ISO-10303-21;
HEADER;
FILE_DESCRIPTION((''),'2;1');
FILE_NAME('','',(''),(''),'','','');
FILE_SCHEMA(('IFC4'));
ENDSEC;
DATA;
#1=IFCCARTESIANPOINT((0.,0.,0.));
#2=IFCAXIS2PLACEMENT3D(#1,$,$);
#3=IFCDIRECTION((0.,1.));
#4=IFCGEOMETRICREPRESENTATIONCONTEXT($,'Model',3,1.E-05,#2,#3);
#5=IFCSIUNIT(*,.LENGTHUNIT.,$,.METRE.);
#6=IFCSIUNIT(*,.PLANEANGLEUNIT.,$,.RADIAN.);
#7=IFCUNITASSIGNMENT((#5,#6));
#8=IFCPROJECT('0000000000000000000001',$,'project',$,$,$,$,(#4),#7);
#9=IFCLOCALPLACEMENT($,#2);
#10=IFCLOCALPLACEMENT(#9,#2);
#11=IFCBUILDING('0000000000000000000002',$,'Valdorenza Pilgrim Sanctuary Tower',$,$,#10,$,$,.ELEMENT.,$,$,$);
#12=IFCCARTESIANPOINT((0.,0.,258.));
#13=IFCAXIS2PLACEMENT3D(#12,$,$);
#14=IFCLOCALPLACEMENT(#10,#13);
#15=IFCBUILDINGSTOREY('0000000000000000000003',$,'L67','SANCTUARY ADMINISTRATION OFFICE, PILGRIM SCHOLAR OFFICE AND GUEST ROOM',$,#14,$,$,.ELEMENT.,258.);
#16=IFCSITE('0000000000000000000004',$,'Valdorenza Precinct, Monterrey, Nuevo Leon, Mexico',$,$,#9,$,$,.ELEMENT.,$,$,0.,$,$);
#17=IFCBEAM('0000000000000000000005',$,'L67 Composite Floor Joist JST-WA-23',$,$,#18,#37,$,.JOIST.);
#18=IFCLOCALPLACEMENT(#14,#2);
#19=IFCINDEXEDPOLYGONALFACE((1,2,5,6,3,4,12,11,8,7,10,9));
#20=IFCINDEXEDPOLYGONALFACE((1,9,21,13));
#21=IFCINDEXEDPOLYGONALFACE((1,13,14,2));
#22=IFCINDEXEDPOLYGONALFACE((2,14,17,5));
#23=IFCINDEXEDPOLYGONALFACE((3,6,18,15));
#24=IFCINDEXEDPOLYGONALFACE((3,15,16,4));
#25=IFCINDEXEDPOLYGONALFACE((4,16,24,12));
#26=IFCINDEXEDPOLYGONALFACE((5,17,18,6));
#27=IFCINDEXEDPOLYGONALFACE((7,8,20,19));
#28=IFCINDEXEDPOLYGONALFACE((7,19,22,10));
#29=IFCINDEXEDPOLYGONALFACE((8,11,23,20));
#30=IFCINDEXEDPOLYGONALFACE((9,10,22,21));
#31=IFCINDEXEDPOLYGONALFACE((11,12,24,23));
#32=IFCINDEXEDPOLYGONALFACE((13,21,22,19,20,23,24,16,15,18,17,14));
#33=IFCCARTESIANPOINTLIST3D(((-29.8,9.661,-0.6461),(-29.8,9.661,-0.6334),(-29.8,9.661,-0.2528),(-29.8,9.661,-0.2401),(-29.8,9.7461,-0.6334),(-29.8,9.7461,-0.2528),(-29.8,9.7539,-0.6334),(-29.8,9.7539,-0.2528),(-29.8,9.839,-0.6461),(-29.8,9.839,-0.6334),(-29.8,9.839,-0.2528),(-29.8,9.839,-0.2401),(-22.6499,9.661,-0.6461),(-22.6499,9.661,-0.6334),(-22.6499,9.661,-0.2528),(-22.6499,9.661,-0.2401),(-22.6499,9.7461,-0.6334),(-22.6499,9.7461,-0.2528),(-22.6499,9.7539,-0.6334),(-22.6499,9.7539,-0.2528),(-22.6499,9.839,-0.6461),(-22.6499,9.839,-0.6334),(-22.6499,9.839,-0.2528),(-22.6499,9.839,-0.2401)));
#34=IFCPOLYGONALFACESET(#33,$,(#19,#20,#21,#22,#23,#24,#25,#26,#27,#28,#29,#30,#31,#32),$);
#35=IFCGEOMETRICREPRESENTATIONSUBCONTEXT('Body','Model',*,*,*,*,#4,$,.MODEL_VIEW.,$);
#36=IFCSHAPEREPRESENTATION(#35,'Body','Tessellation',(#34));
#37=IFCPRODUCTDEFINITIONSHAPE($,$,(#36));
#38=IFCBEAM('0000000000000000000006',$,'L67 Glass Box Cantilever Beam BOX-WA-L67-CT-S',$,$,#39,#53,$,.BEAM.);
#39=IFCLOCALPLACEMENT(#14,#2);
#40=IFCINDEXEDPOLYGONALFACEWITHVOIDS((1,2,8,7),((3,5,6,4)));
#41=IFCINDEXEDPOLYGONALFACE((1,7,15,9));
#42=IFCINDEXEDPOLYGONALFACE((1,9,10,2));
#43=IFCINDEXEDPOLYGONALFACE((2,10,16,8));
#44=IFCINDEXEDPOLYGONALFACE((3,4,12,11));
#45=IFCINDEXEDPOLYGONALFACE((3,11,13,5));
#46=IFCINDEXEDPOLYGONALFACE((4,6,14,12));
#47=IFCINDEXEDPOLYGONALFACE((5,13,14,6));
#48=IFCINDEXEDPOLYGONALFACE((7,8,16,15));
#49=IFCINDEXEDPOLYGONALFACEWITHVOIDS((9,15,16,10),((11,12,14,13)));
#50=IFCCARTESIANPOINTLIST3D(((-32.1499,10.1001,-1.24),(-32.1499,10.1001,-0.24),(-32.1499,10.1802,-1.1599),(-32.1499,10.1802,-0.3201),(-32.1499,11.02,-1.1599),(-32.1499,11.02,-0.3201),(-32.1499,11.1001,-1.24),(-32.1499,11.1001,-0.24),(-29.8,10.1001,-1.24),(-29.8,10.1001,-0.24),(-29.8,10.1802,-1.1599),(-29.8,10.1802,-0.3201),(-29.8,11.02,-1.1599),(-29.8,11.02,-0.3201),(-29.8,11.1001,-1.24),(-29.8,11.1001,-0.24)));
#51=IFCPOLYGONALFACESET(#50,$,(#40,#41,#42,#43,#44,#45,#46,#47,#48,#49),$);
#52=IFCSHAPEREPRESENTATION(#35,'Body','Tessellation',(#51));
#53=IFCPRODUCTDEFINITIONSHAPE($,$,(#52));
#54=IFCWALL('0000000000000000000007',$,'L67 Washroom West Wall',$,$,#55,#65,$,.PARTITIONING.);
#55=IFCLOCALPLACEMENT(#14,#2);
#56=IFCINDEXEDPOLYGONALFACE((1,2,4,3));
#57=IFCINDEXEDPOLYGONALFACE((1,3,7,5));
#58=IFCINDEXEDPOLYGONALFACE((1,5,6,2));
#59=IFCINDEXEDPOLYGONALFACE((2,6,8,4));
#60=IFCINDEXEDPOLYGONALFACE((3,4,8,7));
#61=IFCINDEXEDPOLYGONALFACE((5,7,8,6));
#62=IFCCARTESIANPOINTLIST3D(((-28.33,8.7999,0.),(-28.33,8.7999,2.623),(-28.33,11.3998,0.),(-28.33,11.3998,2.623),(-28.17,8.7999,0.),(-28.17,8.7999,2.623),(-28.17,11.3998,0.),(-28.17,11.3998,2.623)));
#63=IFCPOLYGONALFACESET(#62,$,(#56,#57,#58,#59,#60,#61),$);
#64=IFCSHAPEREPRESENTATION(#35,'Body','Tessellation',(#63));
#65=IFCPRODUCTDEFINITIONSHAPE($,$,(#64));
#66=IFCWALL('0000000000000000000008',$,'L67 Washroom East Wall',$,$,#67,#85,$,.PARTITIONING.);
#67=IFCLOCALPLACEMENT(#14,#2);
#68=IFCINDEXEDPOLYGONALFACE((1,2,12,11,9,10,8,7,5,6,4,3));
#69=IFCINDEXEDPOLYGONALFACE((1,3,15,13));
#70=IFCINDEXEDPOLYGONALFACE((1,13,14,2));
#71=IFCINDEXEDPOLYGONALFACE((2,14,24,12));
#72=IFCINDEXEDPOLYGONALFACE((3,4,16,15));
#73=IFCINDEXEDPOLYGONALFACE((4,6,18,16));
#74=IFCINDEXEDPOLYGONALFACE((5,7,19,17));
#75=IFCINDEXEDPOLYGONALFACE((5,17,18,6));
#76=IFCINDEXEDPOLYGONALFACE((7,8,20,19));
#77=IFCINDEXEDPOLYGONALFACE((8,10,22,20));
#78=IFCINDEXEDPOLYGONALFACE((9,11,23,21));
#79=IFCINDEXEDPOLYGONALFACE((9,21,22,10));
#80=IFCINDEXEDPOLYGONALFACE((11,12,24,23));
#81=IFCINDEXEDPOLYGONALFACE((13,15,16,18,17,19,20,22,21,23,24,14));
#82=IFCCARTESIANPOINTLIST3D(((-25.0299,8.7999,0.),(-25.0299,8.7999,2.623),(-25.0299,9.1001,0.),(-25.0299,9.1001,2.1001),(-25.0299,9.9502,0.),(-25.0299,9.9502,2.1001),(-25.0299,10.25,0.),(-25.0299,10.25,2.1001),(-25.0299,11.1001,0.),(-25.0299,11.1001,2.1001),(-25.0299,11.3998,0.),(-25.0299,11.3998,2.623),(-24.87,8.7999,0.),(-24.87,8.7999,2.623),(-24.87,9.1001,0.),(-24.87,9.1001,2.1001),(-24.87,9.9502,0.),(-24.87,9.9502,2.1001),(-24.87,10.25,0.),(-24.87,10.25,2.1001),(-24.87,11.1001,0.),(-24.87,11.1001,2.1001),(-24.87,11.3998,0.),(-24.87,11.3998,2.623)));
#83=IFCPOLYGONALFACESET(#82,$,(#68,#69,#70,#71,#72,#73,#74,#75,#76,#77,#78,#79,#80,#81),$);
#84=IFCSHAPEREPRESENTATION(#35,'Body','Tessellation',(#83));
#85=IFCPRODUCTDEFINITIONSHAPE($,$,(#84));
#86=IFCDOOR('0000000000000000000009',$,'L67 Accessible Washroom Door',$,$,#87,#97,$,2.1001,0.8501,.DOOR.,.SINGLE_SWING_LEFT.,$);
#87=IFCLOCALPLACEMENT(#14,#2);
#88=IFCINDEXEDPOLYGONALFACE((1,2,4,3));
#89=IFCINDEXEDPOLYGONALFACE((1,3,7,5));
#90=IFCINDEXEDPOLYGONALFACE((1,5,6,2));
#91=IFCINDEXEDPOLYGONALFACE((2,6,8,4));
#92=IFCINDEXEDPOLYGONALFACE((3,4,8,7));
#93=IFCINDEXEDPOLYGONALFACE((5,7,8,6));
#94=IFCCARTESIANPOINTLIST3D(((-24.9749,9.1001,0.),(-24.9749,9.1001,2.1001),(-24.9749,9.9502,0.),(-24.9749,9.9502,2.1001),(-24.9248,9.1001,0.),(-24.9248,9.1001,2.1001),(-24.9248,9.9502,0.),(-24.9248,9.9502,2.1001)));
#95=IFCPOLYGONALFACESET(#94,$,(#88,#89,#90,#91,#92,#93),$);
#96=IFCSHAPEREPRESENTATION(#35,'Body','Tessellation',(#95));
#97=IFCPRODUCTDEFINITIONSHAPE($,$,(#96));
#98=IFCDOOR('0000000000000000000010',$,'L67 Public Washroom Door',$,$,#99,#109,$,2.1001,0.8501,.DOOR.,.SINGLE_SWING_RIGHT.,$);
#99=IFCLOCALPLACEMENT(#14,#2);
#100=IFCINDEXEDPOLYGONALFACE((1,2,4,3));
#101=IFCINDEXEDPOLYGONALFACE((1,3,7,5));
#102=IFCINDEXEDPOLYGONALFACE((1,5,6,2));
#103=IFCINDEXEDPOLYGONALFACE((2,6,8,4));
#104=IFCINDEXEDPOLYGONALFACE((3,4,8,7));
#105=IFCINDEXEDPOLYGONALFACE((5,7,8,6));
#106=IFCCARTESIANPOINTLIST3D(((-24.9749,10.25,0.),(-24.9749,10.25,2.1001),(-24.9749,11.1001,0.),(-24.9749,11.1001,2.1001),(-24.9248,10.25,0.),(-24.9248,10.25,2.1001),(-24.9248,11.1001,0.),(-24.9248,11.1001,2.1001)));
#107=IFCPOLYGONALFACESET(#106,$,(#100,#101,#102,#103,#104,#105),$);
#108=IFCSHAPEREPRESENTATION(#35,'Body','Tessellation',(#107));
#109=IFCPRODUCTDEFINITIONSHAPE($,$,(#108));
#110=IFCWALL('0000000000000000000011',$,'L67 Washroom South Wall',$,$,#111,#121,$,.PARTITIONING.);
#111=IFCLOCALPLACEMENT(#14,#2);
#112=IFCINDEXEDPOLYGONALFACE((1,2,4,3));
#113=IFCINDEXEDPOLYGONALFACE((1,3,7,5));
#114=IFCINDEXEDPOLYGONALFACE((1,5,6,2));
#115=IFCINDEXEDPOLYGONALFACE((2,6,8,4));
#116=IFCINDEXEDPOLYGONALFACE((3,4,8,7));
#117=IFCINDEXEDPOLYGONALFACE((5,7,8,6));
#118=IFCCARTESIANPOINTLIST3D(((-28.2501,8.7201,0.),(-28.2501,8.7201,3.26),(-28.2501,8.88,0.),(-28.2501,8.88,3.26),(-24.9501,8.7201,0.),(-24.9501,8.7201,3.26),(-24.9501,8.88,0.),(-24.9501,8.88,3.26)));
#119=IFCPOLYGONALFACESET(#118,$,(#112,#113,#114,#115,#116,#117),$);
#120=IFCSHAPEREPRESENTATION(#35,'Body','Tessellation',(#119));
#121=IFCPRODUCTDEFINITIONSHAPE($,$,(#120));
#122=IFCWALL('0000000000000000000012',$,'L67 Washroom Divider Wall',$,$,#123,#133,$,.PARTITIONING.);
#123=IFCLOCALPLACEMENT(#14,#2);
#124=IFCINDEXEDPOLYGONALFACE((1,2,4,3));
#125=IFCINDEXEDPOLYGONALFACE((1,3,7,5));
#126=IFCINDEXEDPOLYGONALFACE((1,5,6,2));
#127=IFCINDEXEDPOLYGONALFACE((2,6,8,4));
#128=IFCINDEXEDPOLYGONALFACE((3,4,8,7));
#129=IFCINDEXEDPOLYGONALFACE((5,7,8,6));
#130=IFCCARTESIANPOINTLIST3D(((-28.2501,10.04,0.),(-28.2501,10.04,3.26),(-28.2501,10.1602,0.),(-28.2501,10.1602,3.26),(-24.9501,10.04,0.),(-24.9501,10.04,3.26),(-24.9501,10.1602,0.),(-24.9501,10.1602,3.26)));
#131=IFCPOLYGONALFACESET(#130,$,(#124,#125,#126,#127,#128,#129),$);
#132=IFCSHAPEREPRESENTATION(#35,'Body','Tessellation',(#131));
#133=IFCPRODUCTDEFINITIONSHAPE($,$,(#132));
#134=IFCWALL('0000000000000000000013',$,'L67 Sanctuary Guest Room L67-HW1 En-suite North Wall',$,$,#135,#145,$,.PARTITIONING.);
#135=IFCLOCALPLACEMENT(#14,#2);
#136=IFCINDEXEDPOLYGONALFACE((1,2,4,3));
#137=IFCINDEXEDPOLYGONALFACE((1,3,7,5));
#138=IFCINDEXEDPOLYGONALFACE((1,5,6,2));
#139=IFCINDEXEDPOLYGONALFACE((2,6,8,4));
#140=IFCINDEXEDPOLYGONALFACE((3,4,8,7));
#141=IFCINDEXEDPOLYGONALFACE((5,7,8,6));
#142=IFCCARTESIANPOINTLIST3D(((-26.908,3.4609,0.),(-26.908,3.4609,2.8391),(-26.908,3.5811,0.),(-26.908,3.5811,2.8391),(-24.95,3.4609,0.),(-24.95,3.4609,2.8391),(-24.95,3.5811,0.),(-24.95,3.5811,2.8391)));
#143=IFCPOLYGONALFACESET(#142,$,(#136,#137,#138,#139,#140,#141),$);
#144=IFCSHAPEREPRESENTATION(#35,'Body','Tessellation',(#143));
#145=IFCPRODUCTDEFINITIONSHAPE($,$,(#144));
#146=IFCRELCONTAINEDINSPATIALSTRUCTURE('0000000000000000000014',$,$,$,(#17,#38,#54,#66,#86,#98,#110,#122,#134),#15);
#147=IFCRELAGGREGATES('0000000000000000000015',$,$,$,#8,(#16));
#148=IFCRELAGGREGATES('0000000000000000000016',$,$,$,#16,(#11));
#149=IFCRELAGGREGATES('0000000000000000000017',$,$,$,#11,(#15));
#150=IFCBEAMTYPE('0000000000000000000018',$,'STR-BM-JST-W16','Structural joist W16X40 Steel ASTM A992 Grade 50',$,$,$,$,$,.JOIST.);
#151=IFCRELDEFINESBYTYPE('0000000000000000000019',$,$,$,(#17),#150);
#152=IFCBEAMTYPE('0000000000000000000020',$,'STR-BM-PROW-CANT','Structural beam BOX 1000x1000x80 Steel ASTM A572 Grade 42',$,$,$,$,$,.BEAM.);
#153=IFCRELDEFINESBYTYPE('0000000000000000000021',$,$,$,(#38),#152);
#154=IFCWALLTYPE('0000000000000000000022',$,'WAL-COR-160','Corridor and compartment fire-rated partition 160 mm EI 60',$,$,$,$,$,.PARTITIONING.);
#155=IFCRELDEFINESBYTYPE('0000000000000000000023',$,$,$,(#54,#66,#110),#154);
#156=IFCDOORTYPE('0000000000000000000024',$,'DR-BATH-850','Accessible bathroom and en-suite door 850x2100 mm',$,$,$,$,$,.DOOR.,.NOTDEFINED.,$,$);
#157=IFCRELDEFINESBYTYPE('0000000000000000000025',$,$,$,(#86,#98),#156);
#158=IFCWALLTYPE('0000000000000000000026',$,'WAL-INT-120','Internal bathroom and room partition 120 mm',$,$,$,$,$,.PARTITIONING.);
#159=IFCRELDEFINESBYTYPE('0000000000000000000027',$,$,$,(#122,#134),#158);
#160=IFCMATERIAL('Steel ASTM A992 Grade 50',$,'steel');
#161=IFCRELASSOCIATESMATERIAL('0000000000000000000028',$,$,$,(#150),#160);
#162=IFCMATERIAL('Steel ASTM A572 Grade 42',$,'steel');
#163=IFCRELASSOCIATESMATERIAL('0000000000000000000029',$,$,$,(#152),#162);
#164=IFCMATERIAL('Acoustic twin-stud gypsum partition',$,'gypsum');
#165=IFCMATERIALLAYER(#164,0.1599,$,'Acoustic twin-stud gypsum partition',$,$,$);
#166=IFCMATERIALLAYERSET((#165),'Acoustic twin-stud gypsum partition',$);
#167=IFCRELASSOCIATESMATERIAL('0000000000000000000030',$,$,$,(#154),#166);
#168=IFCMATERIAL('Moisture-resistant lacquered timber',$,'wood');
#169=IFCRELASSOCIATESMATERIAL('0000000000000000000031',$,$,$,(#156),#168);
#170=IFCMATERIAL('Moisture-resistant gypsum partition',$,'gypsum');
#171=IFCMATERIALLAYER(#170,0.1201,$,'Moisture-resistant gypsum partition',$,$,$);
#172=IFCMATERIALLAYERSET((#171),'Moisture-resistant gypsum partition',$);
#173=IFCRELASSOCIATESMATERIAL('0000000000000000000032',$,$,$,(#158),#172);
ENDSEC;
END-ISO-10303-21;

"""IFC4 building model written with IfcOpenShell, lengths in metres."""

from ifc_helpers import new_model, si_unit, direction, frame, frame_2d, origin, origin_2d, place, context, subcontext, project, spatial, rectangle, hollow_rectangle, i_section, extrude, source, transform, mapped, material, layer, layer_set, material_profile, profile_set, type_object, element, fill, save


model = new_model("IFC4")

# Units and contexts
model_context = context("Model", 3, precision=1e-05, world=origin(), true_north=direction((0.0, 1.0)))
body_context = subcontext(model_context, "Body", "Model", "MODEL_VIEW")
ifc_project = project(units=[si_unit("LENGTHUNIT", "METRE"), si_unit("PLANEANGLEUNIT", "RADIAN")], contexts=[model_context])

# Site, building, storey
site_placement = place(None, origin())
site = spatial("IfcSite", under=ifc_project, at=site_placement, Name="Valdorenza Precinct, Monterrey, Nuevo Leon, Mexico", CompositionType="ELEMENT", RefElevation=0.0)
building_placement = place(site_placement, origin())
building = spatial("IfcBuilding", under=site, at=building_placement, Name="Valdorenza Pilgrim Sanctuary Tower", CompositionType="ELEMENT")
storey_placement = place(building_placement, frame((0.0, 0.0, 258.0)))
storey = spatial("IfcBuildingStorey", under=building, at=storey_placement, Name="L67", Description="SANCTUARY ADMINISTRATION OFFICE, PILGRIM SCHOLAR OFFICE AND GUEST ROOM", CompositionType="ELEMENT", Elevation=258.0)

# Beams
ifc_material_1 = material(Name="Steel ASTM A992 Grade 50", Category="steel")
ifc_material_profile_1 = material_profile(ifc_material_1, i_section(OverallWidth=0.178, OverallDepth=0.406, WebThickness=0.0078, FlangeThickness=0.0127, at=origin_2d()), Name="W16X40")
ifc_profile_set_1 = profile_set([ifc_material_profile_1], Name="Steel ASTM A992 Grade 50")
beam_type_1 = type_object("IfcBeamType", Name="STR-BM-JST-W16", Description="Structural joist W16X40 Steel ASTM A992 Grade 50", PredefinedType="JOIST", material=ifc_profile_set_1)
shared_shape_1 = source(origin(), body_context, "Body", "SweptSolid", [
    extrude(i_section(OverallWidth=0.178, OverallDepth=0.406, WebThickness=0.0078, FlangeThickness=0.0127, at=origin_2d()), origin(), (0.0, 0.0, 1.0), 7.1501),
])
for number, where, z_axis, x_axis, name in (
    (1, (-29.8, 9.75, -0.4431), (1.0, 0.0, 0.0), (0.0, 1.0, 0.0), "L67 Composite Floor Joist JST-WA-23"),
):
    element("IfcBeam", number, at=place(storey_placement, frame(where, z_axis=z_axis, x_axis=x_axis)), inside=storey, type_object=beam_type_1, Name=name, PredefinedType="JOIST", context=body_context, shape_type="MappedRepresentation", body=[
        mapped(shared_shape_1, transform((0.0, 0.0, 0.0), x_axis=(1.0, 0.0, 0.0), y_axis=(0.0, 1.0, 0.0), z_axis=(0.0, 0.0, 1.0), scale=1.0)),
    ])
ifc_material_2 = material(Name="Steel ASTM A572 Grade 42", Category="steel")
ifc_material_profile_2 = material_profile(ifc_material_2, hollow_rectangle(XDim=1.0, YDim=1.0, WallThickness=0.0801, at=origin_2d()), Name="BOX 1000x1000x80")
ifc_profile_set_2 = profile_set([ifc_material_profile_2], Name="Steel ASTM A572 Grade 42")
beam_type_2 = type_object("IfcBeamType", Name="STR-BM-PROW-CANT", Description="Structural beam BOX 1000x1000x80 Steel ASTM A572 Grade 42", PredefinedType="BEAM", material=ifc_profile_set_2)
shared_shape_2 = source(origin(), body_context, "Body", "SweptSolid", [
    extrude(hollow_rectangle(XDim=1.0, YDim=1.0, WallThickness=0.0801, at=origin_2d()), origin(), (0.0, 0.0, 1.0), 2.3499),
])
beam_1_placement = place(storey_placement, frame((-29.8, 10.6001, -0.74), z_axis=(-1.0, 0.0, 0.0), x_axis=(0.0, -1.0, 0.0)))
element("IfcBeam", 2, at=beam_1_placement, inside=storey, type_object=beam_type_2, Name="L67 Glass Box Cantilever Beam BOX-WA-L67-CT-S", PredefinedType="BEAM", context=body_context, shape_type="MappedRepresentation", body=[
    mapped(shared_shape_2, transform((0.0, 0.0, 0.0), x_axis=(1.0, 0.0, 0.0), y_axis=(0.0, 1.0, 0.0), z_axis=(0.0, 0.0, 1.0), scale=1.0)),
])

# Wall
ifc_material_3 = material(Name="Acoustic twin-stud gypsum partition", Category="gypsum")
ifc_layer_1 = layer(ifc_material_3, 0.1599, Name="Acoustic twin-stud gypsum partition")
ifc_layer_set_1 = layer_set([ifc_layer_1], Name="Acoustic twin-stud gypsum partition")
wall_type_1 = type_object("IfcWallType", Name="WAL-COR-160", Description="Corridor and compartment fire-rated partition 160 mm EI 60", PredefinedType="PARTITIONING", material=ifc_layer_set_1)
wall_1_placement = place(storey_placement, frame((-28.25, 8.8, 0.0), z_axis=(0.0, 0.0, 1.0), x_axis=(0.0, 1.0, 0.0)))
element("IfcWall", 3, at=wall_1_placement, inside=storey, type_object=wall_type_1, Name="L67 Washroom West Wall", PredefinedType="PARTITIONING", context=body_context, shape_type="SweptSolid", body=[
    extrude(rectangle(XDim=2.5999, YDim=0.1599, at=frame_2d((1.2998, 0.0))), origin(), (0.0, 0.0, 1.0), 2.623),
])

# Wall, openings, doors
wall_2_placement = place(storey_placement, frame((-24.95, 8.8, 0.0), z_axis=(0.0, 0.0, 1.0), x_axis=(0.0, 1.0, 0.0)))
wall_2 = element("IfcWall", 4, at=wall_2_placement, inside=storey, type_object=wall_type_1, Name="L67 Washroom East Wall", PredefinedType="PARTITIONING", context=body_context, shape_type="SweptSolid", body=[
    extrude(rectangle(XDim=2.5999, YDim=0.1599, at=frame_2d((1.2998, 0.0))), origin(), (0.0, 0.0, 1.0), 2.623),
])
opening_1_placement = place(wall_2_placement, frame((0.3, 0.0, 0.0)))
opening_1 = element("IfcOpeningElement", 5, at=opening_1_placement, cuts=wall_2, PredefinedType="OPENING", context=body_context, shape_type="SweptSolid", body=[
    extrude(rectangle(XDim=0.8501, YDim=2.1001, at=frame_2d((0.425, 1.05))), frame((0.0, 0.0947, 0.0), z_axis=(0.0, -1.0, 0.0), x_axis=(1.0, 0.0, 0.0)), (0.0, 0.0, 1.0), 0.1897),
])
opening_2_placement = place(wall_2_placement, frame((1.45, 0.0, 0.0)))
opening_2 = element("IfcOpeningElement", 6, at=opening_2_placement, cuts=wall_2, PredefinedType="OPENING", context=body_context, shape_type="SweptSolid", body=[
    extrude(rectangle(XDim=0.8501, YDim=2.1001, at=frame_2d((0.425, 1.05))), frame((0.0, 0.0947, 0.0), z_axis=(0.0, -1.0, 0.0), x_axis=(1.0, 0.0, 0.0)), (0.0, 0.0, 1.0), 0.1897),
])
ifc_material_4 = material(Name="Moisture-resistant lacquered timber", Category="wood")
door_type = type_object("IfcDoorType", Name="DR-BATH-850", Description="Accessible bathroom and en-suite door 850x2100 mm", OperationType="NOTDEFINED", PredefinedType="DOOR", material=ifc_material_4)
door_1_placement = place(opening_1_placement, origin())
door_1 = element("IfcDoor", 7, at=door_1_placement, inside=storey, type_object=door_type, Name="L67 Accessible Washroom Door", OperationType="SINGLE_SWING_LEFT", OverallHeight=2.1001, OverallWidth=0.8501, PredefinedType="DOOR", context=body_context, shape_type="SweptSolid", body=[
    extrude(rectangle(XDim=0.8501, YDim=2.1001, at=frame_2d((0.425, 1.05))), frame((0.0, 0.0249, 0.0), z_axis=(0.0, -1.0, 0.0), x_axis=(1.0, 0.0, 0.0)), (0.0, 0.0, 1.0), 0.05),
])
fill(opening_1, door_1)
door_2_placement = place(opening_2_placement, origin())
door_2 = element("IfcDoor", 8, at=door_2_placement, inside=storey, type_object=door_type, Name="L67 Public Washroom Door", OperationType="SINGLE_SWING_RIGHT", OverallHeight=2.1001, OverallWidth=0.8501, PredefinedType="DOOR", context=body_context, shape_type="SweptSolid", body=[
    extrude(rectangle(XDim=0.8501, YDim=2.1001, at=frame_2d((0.425, 1.05))), frame((0.0, 0.0249, 0.0), z_axis=(0.0, -1.0, 0.0), x_axis=(1.0, 0.0, 0.0)), (0.0, 0.0, 1.0), 0.05),
])
fill(opening_2, door_2)

# Walls
wall_3_placement = place(storey_placement, frame((-28.25, 8.8, 0.0), z_axis=(0.0, 0.0, 1.0), x_axis=(1.0, 0.0, 0.0)))
element("IfcWall", 9, at=wall_3_placement, inside=storey, type_object=wall_type_1, Name="L67 Washroom South Wall", PredefinedType="PARTITIONING", context=body_context, shape_type="SweptSolid", body=[
    extrude(rectangle(XDim=3.3, YDim=0.1599, at=frame_2d((1.6499, 0.0))), origin(), (0.0, 0.0, 1.0), 3.26),
])
ifc_material_5 = material(Name="Moisture-resistant gypsum partition", Category="gypsum")
ifc_layer_2 = layer(ifc_material_5, 0.1201, Name="Moisture-resistant gypsum partition")
ifc_layer_set_2 = layer_set([ifc_layer_2], Name="Moisture-resistant gypsum partition")
wall_type_2 = type_object("IfcWallType", Name="WAL-INT-120", Description="Internal bathroom and room partition 120 mm", PredefinedType="PARTITIONING", material=ifc_layer_set_2)
wall_4_placement = place(storey_placement, frame((-28.25, 10.1001, 0.0), z_axis=(0.0, 0.0, 1.0), x_axis=(1.0, 0.0, 0.0)))
element("IfcWall", 10, at=wall_4_placement, inside=storey, type_object=wall_type_2, Name="L67 Washroom Divider Wall", PredefinedType="PARTITIONING", context=body_context, shape_type="SweptSolid", body=[
    extrude(rectangle(XDim=3.3, YDim=0.1201, at=frame_2d((1.6499, 0.0))), origin(), (0.0, 0.0, 1.0), 3.26),
])
wall_5_placement = place(storey_placement, frame((-26.908, 3.521, 0.0), z_axis=(0.0, 0.0, 1.0), x_axis=(1.0, 0.0, 0.0)))
element("IfcWall", 11, at=wall_5_placement, inside=storey, type_object=wall_type_2, Name="L67 Sanctuary Guest Room L67-HW1 En-suite North Wall", PredefinedType="PARTITIONING", context=body_context, shape_type="SweptSolid", body=[
    extrude(rectangle(XDim=1.958, YDim=0.1201, at=frame_2d((0.979, 0.0))), origin(), (0.0, 0.0, 1.0), 2.8391),
])

save(model, "model.ifc")
